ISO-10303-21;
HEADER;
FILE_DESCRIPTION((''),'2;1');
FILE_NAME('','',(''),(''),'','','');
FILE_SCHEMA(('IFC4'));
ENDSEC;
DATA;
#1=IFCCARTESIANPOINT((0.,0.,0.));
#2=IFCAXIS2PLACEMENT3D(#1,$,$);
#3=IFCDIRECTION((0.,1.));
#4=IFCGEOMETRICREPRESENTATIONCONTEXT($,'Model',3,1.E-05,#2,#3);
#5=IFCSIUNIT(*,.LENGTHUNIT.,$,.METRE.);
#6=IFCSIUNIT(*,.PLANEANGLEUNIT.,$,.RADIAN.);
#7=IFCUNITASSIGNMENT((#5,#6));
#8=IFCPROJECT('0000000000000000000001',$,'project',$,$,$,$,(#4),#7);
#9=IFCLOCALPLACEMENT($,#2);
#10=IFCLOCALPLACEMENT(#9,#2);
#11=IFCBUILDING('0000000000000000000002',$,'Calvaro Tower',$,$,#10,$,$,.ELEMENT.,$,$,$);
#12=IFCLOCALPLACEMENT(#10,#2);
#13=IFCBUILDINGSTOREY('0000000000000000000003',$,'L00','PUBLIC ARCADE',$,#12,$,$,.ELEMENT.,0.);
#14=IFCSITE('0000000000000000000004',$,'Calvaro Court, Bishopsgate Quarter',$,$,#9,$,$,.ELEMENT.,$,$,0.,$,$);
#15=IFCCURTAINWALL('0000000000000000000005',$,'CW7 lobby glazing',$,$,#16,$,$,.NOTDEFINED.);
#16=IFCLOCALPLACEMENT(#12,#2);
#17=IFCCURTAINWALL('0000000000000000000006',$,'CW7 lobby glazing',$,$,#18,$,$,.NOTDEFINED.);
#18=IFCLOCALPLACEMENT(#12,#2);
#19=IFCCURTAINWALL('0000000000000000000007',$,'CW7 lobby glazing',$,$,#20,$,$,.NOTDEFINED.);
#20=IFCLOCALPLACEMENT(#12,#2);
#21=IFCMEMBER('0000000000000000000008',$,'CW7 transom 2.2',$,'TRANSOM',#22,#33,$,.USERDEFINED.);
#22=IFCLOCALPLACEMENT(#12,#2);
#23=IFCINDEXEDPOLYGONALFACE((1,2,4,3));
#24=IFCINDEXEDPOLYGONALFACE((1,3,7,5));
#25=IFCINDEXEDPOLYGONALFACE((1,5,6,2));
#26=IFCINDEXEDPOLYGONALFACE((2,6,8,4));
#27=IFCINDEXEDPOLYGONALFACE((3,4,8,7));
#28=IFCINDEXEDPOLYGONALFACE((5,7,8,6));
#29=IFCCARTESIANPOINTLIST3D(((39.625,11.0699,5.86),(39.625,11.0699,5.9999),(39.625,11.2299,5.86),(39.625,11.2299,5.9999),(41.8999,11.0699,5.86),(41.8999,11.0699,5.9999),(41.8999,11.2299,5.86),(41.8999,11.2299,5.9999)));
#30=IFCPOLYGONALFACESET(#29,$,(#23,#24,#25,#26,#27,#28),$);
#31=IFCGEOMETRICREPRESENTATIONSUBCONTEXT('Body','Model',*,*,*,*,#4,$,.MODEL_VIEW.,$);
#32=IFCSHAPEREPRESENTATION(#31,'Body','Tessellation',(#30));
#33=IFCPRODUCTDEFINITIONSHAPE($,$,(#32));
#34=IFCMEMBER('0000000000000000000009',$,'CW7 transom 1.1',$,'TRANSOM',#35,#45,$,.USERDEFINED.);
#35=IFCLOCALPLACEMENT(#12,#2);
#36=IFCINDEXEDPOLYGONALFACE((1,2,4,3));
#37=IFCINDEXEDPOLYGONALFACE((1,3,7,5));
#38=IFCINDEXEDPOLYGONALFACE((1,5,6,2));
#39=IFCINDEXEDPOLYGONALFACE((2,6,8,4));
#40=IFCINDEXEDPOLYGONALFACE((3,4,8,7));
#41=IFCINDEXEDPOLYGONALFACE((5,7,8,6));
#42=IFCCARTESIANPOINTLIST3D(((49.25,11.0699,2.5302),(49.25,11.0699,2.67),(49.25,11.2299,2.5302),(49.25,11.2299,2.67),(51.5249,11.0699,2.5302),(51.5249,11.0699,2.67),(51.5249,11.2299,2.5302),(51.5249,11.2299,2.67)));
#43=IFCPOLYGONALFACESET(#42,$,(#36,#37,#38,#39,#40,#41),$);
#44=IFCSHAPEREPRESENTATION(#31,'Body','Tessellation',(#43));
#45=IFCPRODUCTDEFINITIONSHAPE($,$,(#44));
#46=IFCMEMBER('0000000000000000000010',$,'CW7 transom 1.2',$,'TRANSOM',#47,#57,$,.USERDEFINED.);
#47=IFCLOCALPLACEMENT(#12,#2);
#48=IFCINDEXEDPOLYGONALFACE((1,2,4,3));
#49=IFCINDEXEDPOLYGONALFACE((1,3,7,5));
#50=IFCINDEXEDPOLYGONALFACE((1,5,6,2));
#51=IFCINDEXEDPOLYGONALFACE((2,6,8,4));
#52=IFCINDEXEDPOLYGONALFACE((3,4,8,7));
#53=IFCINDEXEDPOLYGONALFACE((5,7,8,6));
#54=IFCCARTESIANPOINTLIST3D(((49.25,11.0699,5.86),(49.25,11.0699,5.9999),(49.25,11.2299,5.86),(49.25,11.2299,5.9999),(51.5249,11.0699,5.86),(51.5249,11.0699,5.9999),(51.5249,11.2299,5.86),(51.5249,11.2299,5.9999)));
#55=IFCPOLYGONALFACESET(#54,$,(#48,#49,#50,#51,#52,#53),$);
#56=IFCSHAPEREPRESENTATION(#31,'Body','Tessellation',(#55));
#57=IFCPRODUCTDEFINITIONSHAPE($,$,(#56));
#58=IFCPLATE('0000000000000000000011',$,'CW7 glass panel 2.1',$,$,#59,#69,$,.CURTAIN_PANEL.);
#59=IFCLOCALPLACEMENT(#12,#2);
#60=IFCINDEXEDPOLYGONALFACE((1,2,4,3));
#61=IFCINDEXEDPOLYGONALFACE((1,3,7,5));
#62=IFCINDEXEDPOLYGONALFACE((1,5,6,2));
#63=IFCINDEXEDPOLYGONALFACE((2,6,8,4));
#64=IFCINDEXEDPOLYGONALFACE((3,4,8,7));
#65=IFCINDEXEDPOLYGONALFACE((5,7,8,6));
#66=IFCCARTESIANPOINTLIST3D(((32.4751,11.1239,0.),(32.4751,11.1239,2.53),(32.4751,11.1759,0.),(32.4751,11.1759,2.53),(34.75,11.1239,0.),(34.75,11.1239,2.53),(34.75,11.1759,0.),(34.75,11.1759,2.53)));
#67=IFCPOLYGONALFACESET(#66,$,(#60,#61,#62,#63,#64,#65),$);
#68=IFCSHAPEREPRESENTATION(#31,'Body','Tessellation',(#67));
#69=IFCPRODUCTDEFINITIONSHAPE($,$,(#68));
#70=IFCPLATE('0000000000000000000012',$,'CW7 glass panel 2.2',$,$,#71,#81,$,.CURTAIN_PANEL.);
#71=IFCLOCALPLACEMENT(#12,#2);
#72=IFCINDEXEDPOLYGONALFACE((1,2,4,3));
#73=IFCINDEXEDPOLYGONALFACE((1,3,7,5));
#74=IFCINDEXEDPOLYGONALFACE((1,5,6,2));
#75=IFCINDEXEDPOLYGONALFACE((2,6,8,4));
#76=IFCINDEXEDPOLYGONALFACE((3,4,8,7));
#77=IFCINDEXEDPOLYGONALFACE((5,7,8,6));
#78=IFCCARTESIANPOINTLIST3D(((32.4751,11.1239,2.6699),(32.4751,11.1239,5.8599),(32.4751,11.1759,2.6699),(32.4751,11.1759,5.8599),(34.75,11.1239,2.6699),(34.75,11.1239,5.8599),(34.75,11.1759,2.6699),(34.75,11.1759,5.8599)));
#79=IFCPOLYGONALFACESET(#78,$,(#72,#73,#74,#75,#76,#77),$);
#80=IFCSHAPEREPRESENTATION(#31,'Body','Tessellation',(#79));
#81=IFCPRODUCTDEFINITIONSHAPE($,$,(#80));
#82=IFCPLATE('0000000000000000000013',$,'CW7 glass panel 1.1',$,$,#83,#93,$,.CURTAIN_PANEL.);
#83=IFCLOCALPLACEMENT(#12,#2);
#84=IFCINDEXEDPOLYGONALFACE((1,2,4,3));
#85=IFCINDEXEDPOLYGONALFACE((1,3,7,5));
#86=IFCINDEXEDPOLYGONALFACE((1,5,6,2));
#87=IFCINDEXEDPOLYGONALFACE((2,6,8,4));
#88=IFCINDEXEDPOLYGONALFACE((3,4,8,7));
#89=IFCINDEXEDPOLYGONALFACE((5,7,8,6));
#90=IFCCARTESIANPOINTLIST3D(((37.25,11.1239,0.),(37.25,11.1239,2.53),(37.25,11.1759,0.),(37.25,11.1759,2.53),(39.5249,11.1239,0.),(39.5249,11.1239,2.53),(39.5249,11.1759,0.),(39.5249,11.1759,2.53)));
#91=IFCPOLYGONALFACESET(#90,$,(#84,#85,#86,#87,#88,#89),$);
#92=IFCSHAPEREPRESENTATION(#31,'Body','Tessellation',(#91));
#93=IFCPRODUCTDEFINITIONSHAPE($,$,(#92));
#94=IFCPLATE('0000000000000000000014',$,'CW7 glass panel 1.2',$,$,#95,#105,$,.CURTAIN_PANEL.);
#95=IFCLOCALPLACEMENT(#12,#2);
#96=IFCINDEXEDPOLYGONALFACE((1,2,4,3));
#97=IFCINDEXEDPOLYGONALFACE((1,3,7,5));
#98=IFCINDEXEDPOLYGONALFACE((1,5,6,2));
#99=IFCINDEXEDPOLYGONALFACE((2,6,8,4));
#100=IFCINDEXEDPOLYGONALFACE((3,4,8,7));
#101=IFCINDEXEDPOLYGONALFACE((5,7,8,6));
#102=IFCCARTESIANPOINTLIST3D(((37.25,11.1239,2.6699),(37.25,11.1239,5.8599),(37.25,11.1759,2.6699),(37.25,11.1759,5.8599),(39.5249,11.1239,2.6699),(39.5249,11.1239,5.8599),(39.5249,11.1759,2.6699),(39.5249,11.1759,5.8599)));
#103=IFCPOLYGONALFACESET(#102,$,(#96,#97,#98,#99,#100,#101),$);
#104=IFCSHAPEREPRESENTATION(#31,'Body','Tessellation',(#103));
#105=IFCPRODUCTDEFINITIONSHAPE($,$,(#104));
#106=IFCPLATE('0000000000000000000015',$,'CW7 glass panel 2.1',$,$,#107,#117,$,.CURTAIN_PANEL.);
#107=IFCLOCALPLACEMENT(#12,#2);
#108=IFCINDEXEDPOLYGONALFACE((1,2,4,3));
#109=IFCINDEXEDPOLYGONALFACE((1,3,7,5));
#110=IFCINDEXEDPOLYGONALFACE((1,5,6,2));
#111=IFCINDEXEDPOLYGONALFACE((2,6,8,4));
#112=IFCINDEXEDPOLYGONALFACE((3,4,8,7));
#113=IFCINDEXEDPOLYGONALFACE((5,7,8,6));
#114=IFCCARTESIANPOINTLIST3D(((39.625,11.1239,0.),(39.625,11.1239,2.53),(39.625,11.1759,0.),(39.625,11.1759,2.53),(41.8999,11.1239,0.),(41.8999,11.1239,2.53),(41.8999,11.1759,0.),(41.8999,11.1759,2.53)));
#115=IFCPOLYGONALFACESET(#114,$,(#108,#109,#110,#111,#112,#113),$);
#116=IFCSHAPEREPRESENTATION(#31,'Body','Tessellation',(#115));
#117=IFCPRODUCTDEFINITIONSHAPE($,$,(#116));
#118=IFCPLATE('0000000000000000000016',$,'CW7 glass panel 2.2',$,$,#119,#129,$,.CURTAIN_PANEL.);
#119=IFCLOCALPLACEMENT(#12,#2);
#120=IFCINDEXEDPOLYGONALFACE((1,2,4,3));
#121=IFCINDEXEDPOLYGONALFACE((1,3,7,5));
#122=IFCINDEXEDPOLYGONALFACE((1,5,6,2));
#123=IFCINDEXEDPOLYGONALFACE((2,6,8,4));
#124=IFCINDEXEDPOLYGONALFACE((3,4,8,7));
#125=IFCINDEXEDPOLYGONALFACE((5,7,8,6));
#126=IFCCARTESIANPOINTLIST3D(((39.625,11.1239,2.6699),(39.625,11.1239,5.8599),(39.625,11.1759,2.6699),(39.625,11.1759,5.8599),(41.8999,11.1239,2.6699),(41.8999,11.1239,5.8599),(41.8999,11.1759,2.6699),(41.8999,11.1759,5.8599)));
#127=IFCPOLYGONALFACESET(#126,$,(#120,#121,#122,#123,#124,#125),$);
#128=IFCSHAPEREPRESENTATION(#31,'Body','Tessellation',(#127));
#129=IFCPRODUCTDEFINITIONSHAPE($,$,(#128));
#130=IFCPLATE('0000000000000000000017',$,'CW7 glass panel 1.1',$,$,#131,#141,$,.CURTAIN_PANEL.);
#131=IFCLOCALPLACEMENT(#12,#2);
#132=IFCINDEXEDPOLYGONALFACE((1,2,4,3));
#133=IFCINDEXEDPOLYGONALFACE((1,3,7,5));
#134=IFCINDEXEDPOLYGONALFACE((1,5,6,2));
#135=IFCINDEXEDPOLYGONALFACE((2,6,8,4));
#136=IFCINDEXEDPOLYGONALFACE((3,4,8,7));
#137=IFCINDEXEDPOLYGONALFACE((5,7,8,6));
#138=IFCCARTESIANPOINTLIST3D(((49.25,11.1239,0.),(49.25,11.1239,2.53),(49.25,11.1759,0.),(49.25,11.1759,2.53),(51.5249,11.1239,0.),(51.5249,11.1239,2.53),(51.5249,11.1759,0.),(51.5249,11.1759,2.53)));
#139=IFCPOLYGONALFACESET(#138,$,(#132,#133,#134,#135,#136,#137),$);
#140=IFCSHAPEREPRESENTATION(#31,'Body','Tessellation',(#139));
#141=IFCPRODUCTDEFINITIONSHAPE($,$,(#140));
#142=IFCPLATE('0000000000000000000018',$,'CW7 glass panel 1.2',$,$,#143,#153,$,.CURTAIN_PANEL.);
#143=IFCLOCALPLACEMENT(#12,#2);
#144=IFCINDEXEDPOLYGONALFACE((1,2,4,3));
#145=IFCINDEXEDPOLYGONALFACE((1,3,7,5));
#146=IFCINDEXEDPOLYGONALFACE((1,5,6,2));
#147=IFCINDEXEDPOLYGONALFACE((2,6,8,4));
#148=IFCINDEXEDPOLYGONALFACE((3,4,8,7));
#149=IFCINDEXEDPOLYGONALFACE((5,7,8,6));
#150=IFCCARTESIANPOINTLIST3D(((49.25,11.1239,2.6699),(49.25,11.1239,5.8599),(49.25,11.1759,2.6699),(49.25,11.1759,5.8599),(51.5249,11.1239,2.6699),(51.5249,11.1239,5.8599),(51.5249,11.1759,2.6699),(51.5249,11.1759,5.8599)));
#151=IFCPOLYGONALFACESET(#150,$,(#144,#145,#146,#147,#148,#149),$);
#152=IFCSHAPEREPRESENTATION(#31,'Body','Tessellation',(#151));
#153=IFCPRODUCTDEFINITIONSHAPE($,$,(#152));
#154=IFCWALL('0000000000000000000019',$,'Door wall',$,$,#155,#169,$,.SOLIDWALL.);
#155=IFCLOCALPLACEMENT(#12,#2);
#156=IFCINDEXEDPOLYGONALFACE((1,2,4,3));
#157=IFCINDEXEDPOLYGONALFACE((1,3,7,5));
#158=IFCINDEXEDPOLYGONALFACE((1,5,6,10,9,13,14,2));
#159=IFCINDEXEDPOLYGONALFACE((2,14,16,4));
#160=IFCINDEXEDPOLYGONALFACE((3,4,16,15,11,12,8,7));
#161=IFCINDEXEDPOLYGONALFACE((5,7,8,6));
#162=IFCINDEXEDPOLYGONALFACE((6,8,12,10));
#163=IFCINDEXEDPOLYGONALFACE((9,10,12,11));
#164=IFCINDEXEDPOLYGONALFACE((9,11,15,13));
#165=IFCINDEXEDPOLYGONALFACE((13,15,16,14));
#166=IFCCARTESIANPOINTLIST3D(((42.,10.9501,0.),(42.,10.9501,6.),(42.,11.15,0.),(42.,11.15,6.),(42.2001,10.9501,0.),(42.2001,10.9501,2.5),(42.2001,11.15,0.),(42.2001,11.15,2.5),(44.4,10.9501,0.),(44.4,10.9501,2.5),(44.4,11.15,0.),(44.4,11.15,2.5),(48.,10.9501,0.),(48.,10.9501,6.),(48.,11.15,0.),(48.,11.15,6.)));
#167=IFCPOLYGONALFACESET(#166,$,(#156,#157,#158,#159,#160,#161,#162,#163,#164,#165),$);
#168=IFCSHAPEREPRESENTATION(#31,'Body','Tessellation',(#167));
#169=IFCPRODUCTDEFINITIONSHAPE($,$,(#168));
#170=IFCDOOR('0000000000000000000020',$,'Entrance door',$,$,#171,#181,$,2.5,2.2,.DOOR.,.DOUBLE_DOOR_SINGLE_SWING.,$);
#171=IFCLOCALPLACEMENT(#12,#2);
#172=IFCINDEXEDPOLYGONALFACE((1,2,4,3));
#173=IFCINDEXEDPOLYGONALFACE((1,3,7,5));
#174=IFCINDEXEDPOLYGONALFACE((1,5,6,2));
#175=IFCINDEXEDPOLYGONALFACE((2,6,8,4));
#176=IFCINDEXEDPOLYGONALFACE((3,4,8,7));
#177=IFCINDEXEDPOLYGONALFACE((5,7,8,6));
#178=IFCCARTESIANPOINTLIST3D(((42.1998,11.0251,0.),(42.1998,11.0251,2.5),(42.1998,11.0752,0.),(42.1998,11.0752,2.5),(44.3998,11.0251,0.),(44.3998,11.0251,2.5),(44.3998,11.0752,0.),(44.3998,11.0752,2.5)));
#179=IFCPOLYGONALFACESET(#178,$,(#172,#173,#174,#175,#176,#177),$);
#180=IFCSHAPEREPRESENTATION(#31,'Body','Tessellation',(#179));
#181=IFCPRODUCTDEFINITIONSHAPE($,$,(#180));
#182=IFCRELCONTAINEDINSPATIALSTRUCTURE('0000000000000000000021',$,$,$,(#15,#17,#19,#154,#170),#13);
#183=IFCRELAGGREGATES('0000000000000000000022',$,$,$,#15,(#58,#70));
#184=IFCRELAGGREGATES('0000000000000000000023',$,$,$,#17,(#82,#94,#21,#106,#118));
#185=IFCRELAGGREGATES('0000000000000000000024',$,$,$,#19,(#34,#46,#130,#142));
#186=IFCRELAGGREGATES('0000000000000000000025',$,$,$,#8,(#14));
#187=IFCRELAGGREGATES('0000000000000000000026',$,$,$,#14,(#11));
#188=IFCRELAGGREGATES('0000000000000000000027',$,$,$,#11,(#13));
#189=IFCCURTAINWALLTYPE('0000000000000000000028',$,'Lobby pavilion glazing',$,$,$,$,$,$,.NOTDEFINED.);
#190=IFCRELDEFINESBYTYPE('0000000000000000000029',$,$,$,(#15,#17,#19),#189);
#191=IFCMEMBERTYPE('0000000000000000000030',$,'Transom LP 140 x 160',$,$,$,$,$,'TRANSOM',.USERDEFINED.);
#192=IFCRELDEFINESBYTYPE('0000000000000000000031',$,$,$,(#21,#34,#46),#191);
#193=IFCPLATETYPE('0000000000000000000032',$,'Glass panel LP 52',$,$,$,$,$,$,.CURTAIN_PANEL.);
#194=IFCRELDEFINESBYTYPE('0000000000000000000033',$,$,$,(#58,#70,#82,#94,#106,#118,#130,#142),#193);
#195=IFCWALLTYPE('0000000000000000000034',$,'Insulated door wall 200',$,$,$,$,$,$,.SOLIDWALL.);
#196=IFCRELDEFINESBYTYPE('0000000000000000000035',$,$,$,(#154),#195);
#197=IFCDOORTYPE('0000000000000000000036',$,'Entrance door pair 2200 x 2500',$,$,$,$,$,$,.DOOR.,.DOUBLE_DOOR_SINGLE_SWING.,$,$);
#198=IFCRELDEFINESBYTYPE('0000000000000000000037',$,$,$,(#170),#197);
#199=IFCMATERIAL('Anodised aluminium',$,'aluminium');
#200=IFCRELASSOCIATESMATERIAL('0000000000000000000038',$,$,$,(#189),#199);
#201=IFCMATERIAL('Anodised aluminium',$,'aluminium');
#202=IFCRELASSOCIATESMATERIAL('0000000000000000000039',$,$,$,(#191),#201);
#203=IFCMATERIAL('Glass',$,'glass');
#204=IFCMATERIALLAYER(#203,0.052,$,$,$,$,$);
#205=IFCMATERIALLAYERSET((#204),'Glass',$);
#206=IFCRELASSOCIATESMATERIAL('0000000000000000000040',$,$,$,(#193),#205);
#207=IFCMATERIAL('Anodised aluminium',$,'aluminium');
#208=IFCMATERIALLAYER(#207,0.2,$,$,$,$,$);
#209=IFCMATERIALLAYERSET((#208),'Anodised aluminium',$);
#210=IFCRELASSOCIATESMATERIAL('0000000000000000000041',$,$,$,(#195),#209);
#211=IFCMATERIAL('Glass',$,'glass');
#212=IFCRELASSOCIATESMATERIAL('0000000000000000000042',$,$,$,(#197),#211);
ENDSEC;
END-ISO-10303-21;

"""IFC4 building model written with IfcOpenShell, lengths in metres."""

from ifc_helpers import new_model, si_unit, direction, frame, frame_2d, origin, origin_2d, place, context, subcontext, project, spatial, rectangle, extrude, material, layer, layer_set, material_profile, profile_set, type_object, element, fill, aggregate, save


model = new_model("IFC4")

# Units and contexts
model_context = context("Model", 3, precision=1e-05, world=origin(), true_north=direction((0.0, 1.0)))
body_context = subcontext(model_context, "Body", "Model", "MODEL_VIEW")
ifc_project = project(units=[si_unit("LENGTHUNIT", "METRE"), si_unit("PLANEANGLEUNIT", "RADIAN")], contexts=[model_context])

# Site, building, storey
site_placement = place(None, origin())
site = spatial("IfcSite", under=ifc_project, at=site_placement, Name="Calvaro Court, Bishopsgate Quarter", CompositionType="ELEMENT", RefElevation=0.0)
building_placement = place(site_placement, origin())
building = spatial("IfcBuilding", under=site, at=building_placement, Name="Calvaro Tower", CompositionType="ELEMENT")
storey_placement = place(building_placement, origin())
storey = spatial("IfcBuildingStorey", under=building, at=storey_placement, Name="L00", Description="PUBLIC ARCADE", CompositionType="ELEMENT", Elevation=0.0)

# Curtain wall
ifc_material_1 = material(Name="Anodised aluminium", Category="aluminium")
curtain_wall_type = type_object("IfcCurtainWallType", Name="Lobby pavilion glazing", PredefinedType="NOTDEFINED", material=ifc_material_1)
curtain_wall_1_placement = place(storey_placement, origin())
curtain_wall_1 = element("IfcCurtainWall", 1, at=curtain_wall_1_placement, inside=storey, type_object=curtain_wall_type, Name="CW7 lobby glazing", PredefinedType="NOTDEFINED")

# Curtain wall
curtain_wall_2_placement = place(storey_placement, origin())
curtain_wall_2 = element("IfcCurtainWall", 2, at=curtain_wall_2_placement, inside=storey, type_object=curtain_wall_type, Name="CW7 lobby glazing", PredefinedType="NOTDEFINED")

# Curtain wall
curtain_wall_3_placement = place(storey_placement, origin())
curtain_wall_3 = element("IfcCurtainWall", 3, at=curtain_wall_3_placement, inside=storey, type_object=curtain_wall_type, Name="CW7 lobby glazing", PredefinedType="NOTDEFINED")

# Members
ifc_material_2 = material(Name="Anodised aluminium", Category="aluminium")
ifc_material_profile_1 = material_profile(ifc_material_2, rectangle(XDim=0.1599, YDim=0.1399, at=origin_2d()), Name="Transom LP 140 x 160")
ifc_profile_set_1 = profile_set([ifc_material_profile_1], Name="Anodised aluminium")
member_type_1 = type_object("IfcMemberType", Name="Transom LP 140 x 160", ElementType="TRANSOM", PredefinedType="USERDEFINED", material=ifc_profile_set_1)
member_1_placement = place(storey_placement, frame((39.625, 11.1499, 5.9299), z_axis=(1.0, 0.0, 0.0), x_axis=(0.0, 1.0, 0.0)))
member_1 = element("IfcMember", 4, at=member_1_placement, type_object=member_type_1, Name="CW7 transom 2.2", ObjectType="TRANSOM", PredefinedType="USERDEFINED", context=body_context, shape_type="SweptSolid", body=[
    extrude(rectangle(XDim=0.1599, YDim=0.1399, at=origin_2d()), origin(), (0.0, 0.0, 1.0), 2.2749),
])
member_2_placement = place(storey_placement, frame((49.25, 11.1499, 2.6001), z_axis=(1.0, 0.0, 0.0), x_axis=(0.0, 1.0, 0.0)))
member_2 = element("IfcMember", 5, at=member_2_placement, type_object=member_type_1, Name="CW7 transom 1.1", ObjectType="TRANSOM", PredefinedType="USERDEFINED", context=body_context, shape_type="SweptSolid", body=[
    extrude(rectangle(XDim=0.1599, YDim=0.1399, at=origin_2d()), origin(), (0.0, 0.0, 1.0), 2.2749),
])
member_3_placement = place(storey_placement, frame((49.25, 11.1499, 5.9299), z_axis=(1.0, 0.0, 0.0), x_axis=(0.0, 1.0, 0.0)))
member_3 = element("IfcMember", 6, at=member_3_placement, type_object=member_type_1, Name="CW7 transom 1.2", ObjectType="TRANSOM", PredefinedType="USERDEFINED", context=body_context, shape_type="SweptSolid", body=[
    extrude(rectangle(XDim=0.1599, YDim=0.1399, at=origin_2d()), origin(), (0.0, 0.0, 1.0), 2.2749),
])

# Plates
ifc_material_3 = material(Name="Glass", Category="glass")
ifc_layer_1 = layer(ifc_material_3, 0.052)
ifc_layer_set_1 = layer_set([ifc_layer_1], Name="Glass")
plate_type = type_object("IfcPlateType", Name="Glass panel LP 52", PredefinedType="CURTAIN_PANEL", material=ifc_layer_set_1)
plate_1_placement = place(storey_placement, frame((33.6125, 11.1499, 0.0), z_axis=(0.0, 0.0, 1.0), x_axis=(1.0, 0.0, 0.0)))
plate_1 = element("IfcPlate", 7, at=plate_1_placement, type_object=plate_type, Name="CW7 glass panel 2.1", PredefinedType="CURTAIN_PANEL", context=body_context, shape_type="SweptSolid", body=[
    extrude(rectangle(XDim=2.2749, YDim=0.052, at=origin_2d()), origin(), (0.0, 0.0, 1.0), 2.53),
])
plate_2_placement = place(storey_placement, frame((33.6125, 11.1499, 2.6699), z_axis=(0.0, 0.0, 1.0), x_axis=(1.0, 0.0, 0.0)))
plate_2 = element("IfcPlate", 8, at=plate_2_placement, type_object=plate_type, Name="CW7 glass panel 2.2", PredefinedType="CURTAIN_PANEL", context=body_context, shape_type="SweptSolid", body=[
    extrude(rectangle(XDim=2.2749, YDim=0.052, at=origin_2d()), origin(), (0.0, 0.0, 1.0), 3.1899),
])
aggregate(curtain_wall_1, [plate_1, plate_2])
plate_3_placement = place(storey_placement, frame((38.3875, 11.1499, 0.0), z_axis=(0.0, 0.0, 1.0), x_axis=(1.0, 0.0, 0.0)))
plate_3 = element("IfcPlate", 9, at=plate_3_placement, type_object=plate_type, Name="CW7 glass panel 1.1", PredefinedType="CURTAIN_PANEL", context=body_context, shape_type="SweptSolid", body=[
    extrude(rectangle(XDim=2.2749, YDim=0.052, at=origin_2d()), origin(), (0.0, 0.0, 1.0), 2.53),
])
plate_4_placement = place(storey_placement, frame((38.3875, 11.1499, 2.6699), z_axis=(0.0, 0.0, 1.0), x_axis=(1.0, 0.0, 0.0)))
plate_4 = element("IfcPlate", 10, at=plate_4_placement, type_object=plate_type, Name="CW7 glass panel 1.2", PredefinedType="CURTAIN_PANEL", context=body_context, shape_type="SweptSolid", body=[
    extrude(rectangle(XDim=2.2749, YDim=0.052, at=origin_2d()), origin(), (0.0, 0.0, 1.0), 3.1899),
])
plate_5_placement = place(storey_placement, frame((40.7625, 11.1499, 0.0), z_axis=(0.0, 0.0, 1.0), x_axis=(1.0, 0.0, 0.0)))
plate_5 = element("IfcPlate", 11, at=plate_5_placement, type_object=plate_type, Name="CW7 glass panel 2.1", PredefinedType="CURTAIN_PANEL", context=body_context, shape_type="SweptSolid", body=[
    extrude(rectangle(XDim=2.2749, YDim=0.052, at=origin_2d()), origin(), (0.0, 0.0, 1.0), 2.53),
])
plate_6_placement = place(storey_placement, frame((40.7625, 11.1499, 2.6699), z_axis=(0.0, 0.0, 1.0), x_axis=(1.0, 0.0, 0.0)))
plate_6 = element("IfcPlate", 12, at=plate_6_placement, type_object=plate_type, Name="CW7 glass panel 2.2", PredefinedType="CURTAIN_PANEL", context=body_context, shape_type="SweptSolid", body=[
    extrude(rectangle(XDim=2.2749, YDim=0.052, at=origin_2d()), origin(), (0.0, 0.0, 1.0), 3.1899),
])
aggregate(curtain_wall_2, [plate_3, plate_4, member_1, plate_5, plate_6])
plate_7_placement = place(storey_placement, frame((50.3875, 11.1499, 0.0), z_axis=(0.0, 0.0, 1.0), x_axis=(1.0, 0.0, 0.0)))
plate_7 = element("IfcPlate", 13, at=plate_7_placement, type_object=plate_type, Name="CW7 glass panel 1.1", PredefinedType="CURTAIN_PANEL", context=body_context, shape_type="SweptSolid", body=[
    extrude(rectangle(XDim=2.2749, YDim=0.052, at=origin_2d()), origin(), (0.0, 0.0, 1.0), 2.53),
])
plate_8_placement = place(storey_placement, frame((50.3875, 11.1499, 2.6699), z_axis=(0.0, 0.0, 1.0), x_axis=(1.0, 0.0, 0.0)))
plate_8 = element("IfcPlate", 14, at=plate_8_placement, type_object=plate_type, Name="CW7 glass panel 1.2", PredefinedType="CURTAIN_PANEL", context=body_context, shape_type="SweptSolid", body=[
    extrude(rectangle(XDim=2.2749, YDim=0.052, at=origin_2d()), origin(), (0.0, 0.0, 1.0), 3.1899),
])
aggregate(curtain_wall_3, [member_2, member_3, plate_7, plate_8])

# Wall, opening, door
ifc_material_4 = material(Name="Anodised aluminium", Category="aluminium")
ifc_layer_2 = layer(ifc_material_4, 0.2)
ifc_layer_set_2 = layer_set([ifc_layer_2], Name="Anodised aluminium")
wall_type = type_object("IfcWallType", Name="Insulated door wall 200", PredefinedType="SOLIDWALL", material=ifc_layer_set_2)
wall_placement = place(storey_placement, frame((42.0, 11.05, 0.0), z_axis=(0.0, 0.0, 1.0), x_axis=(1.0, 0.0, 0.0)))
wall = element("IfcWall", 15, at=wall_placement, inside=storey, type_object=wall_type, Name="Door wall", PredefinedType="SOLIDWALL", context=body_context, shape_type="SweptSolid", body=[
    extrude(rectangle(XDim=6.0, YDim=0.2, at=frame_2d((3.0, 0.0))), origin(), (0.0, 0.0, 1.0), 6.0),
])
opening_placement = place(wall_placement, frame((0.2, 0.0, 0.0)))
opening = element("IfcOpeningElement", 16, at=opening_placement, cuts=wall, PredefinedType="OPENING", context=body_context, shape_type="SweptSolid", body=[
    extrude(rectangle(XDim=2.2, YDim=2.5, at=frame_2d((1.1001, 1.25))), frame((0.0, 0.1099, 0.0), z_axis=(0.0, -1.0, 0.0), x_axis=(1.0, 0.0, 0.0)), (0.0, 0.0, 1.0), 0.22),
])
ifc_material_5 = material(Name="Glass", Category="glass")
door_type = type_object("IfcDoorType", Name="Entrance door pair 2200 x 2500", OperationType="DOUBLE_DOOR_SINGLE_SWING", PredefinedType="DOOR", material=ifc_material_5)
door_placement = place(opening_placement, frame((2.2, 0.0, 0.0), z_axis=(0.0, 0.0, 1.0), x_axis=(-1.0, 0.0, 0.0)))
door = element("IfcDoor", 17, at=door_placement, inside=storey, type_object=door_type, Name="Entrance door", OperationType="DOUBLE_DOOR_SINGLE_SWING", OverallHeight=2.5, OverallWidth=2.2, PredefinedType="DOOR", context=body_context, shape_type="SweptSolid", body=[
    extrude(rectangle(XDim=2.2, YDim=2.5, at=frame_2d((1.1001, 1.25))), frame((0.0, 0.0249, 0.0), z_axis=(0.0, -1.0, 0.0), x_axis=(1.0, 0.0, 0.0)), (0.0, 0.0, 1.0), 0.05),
])
fill(opening, door)

save(model, "model.ifc")
